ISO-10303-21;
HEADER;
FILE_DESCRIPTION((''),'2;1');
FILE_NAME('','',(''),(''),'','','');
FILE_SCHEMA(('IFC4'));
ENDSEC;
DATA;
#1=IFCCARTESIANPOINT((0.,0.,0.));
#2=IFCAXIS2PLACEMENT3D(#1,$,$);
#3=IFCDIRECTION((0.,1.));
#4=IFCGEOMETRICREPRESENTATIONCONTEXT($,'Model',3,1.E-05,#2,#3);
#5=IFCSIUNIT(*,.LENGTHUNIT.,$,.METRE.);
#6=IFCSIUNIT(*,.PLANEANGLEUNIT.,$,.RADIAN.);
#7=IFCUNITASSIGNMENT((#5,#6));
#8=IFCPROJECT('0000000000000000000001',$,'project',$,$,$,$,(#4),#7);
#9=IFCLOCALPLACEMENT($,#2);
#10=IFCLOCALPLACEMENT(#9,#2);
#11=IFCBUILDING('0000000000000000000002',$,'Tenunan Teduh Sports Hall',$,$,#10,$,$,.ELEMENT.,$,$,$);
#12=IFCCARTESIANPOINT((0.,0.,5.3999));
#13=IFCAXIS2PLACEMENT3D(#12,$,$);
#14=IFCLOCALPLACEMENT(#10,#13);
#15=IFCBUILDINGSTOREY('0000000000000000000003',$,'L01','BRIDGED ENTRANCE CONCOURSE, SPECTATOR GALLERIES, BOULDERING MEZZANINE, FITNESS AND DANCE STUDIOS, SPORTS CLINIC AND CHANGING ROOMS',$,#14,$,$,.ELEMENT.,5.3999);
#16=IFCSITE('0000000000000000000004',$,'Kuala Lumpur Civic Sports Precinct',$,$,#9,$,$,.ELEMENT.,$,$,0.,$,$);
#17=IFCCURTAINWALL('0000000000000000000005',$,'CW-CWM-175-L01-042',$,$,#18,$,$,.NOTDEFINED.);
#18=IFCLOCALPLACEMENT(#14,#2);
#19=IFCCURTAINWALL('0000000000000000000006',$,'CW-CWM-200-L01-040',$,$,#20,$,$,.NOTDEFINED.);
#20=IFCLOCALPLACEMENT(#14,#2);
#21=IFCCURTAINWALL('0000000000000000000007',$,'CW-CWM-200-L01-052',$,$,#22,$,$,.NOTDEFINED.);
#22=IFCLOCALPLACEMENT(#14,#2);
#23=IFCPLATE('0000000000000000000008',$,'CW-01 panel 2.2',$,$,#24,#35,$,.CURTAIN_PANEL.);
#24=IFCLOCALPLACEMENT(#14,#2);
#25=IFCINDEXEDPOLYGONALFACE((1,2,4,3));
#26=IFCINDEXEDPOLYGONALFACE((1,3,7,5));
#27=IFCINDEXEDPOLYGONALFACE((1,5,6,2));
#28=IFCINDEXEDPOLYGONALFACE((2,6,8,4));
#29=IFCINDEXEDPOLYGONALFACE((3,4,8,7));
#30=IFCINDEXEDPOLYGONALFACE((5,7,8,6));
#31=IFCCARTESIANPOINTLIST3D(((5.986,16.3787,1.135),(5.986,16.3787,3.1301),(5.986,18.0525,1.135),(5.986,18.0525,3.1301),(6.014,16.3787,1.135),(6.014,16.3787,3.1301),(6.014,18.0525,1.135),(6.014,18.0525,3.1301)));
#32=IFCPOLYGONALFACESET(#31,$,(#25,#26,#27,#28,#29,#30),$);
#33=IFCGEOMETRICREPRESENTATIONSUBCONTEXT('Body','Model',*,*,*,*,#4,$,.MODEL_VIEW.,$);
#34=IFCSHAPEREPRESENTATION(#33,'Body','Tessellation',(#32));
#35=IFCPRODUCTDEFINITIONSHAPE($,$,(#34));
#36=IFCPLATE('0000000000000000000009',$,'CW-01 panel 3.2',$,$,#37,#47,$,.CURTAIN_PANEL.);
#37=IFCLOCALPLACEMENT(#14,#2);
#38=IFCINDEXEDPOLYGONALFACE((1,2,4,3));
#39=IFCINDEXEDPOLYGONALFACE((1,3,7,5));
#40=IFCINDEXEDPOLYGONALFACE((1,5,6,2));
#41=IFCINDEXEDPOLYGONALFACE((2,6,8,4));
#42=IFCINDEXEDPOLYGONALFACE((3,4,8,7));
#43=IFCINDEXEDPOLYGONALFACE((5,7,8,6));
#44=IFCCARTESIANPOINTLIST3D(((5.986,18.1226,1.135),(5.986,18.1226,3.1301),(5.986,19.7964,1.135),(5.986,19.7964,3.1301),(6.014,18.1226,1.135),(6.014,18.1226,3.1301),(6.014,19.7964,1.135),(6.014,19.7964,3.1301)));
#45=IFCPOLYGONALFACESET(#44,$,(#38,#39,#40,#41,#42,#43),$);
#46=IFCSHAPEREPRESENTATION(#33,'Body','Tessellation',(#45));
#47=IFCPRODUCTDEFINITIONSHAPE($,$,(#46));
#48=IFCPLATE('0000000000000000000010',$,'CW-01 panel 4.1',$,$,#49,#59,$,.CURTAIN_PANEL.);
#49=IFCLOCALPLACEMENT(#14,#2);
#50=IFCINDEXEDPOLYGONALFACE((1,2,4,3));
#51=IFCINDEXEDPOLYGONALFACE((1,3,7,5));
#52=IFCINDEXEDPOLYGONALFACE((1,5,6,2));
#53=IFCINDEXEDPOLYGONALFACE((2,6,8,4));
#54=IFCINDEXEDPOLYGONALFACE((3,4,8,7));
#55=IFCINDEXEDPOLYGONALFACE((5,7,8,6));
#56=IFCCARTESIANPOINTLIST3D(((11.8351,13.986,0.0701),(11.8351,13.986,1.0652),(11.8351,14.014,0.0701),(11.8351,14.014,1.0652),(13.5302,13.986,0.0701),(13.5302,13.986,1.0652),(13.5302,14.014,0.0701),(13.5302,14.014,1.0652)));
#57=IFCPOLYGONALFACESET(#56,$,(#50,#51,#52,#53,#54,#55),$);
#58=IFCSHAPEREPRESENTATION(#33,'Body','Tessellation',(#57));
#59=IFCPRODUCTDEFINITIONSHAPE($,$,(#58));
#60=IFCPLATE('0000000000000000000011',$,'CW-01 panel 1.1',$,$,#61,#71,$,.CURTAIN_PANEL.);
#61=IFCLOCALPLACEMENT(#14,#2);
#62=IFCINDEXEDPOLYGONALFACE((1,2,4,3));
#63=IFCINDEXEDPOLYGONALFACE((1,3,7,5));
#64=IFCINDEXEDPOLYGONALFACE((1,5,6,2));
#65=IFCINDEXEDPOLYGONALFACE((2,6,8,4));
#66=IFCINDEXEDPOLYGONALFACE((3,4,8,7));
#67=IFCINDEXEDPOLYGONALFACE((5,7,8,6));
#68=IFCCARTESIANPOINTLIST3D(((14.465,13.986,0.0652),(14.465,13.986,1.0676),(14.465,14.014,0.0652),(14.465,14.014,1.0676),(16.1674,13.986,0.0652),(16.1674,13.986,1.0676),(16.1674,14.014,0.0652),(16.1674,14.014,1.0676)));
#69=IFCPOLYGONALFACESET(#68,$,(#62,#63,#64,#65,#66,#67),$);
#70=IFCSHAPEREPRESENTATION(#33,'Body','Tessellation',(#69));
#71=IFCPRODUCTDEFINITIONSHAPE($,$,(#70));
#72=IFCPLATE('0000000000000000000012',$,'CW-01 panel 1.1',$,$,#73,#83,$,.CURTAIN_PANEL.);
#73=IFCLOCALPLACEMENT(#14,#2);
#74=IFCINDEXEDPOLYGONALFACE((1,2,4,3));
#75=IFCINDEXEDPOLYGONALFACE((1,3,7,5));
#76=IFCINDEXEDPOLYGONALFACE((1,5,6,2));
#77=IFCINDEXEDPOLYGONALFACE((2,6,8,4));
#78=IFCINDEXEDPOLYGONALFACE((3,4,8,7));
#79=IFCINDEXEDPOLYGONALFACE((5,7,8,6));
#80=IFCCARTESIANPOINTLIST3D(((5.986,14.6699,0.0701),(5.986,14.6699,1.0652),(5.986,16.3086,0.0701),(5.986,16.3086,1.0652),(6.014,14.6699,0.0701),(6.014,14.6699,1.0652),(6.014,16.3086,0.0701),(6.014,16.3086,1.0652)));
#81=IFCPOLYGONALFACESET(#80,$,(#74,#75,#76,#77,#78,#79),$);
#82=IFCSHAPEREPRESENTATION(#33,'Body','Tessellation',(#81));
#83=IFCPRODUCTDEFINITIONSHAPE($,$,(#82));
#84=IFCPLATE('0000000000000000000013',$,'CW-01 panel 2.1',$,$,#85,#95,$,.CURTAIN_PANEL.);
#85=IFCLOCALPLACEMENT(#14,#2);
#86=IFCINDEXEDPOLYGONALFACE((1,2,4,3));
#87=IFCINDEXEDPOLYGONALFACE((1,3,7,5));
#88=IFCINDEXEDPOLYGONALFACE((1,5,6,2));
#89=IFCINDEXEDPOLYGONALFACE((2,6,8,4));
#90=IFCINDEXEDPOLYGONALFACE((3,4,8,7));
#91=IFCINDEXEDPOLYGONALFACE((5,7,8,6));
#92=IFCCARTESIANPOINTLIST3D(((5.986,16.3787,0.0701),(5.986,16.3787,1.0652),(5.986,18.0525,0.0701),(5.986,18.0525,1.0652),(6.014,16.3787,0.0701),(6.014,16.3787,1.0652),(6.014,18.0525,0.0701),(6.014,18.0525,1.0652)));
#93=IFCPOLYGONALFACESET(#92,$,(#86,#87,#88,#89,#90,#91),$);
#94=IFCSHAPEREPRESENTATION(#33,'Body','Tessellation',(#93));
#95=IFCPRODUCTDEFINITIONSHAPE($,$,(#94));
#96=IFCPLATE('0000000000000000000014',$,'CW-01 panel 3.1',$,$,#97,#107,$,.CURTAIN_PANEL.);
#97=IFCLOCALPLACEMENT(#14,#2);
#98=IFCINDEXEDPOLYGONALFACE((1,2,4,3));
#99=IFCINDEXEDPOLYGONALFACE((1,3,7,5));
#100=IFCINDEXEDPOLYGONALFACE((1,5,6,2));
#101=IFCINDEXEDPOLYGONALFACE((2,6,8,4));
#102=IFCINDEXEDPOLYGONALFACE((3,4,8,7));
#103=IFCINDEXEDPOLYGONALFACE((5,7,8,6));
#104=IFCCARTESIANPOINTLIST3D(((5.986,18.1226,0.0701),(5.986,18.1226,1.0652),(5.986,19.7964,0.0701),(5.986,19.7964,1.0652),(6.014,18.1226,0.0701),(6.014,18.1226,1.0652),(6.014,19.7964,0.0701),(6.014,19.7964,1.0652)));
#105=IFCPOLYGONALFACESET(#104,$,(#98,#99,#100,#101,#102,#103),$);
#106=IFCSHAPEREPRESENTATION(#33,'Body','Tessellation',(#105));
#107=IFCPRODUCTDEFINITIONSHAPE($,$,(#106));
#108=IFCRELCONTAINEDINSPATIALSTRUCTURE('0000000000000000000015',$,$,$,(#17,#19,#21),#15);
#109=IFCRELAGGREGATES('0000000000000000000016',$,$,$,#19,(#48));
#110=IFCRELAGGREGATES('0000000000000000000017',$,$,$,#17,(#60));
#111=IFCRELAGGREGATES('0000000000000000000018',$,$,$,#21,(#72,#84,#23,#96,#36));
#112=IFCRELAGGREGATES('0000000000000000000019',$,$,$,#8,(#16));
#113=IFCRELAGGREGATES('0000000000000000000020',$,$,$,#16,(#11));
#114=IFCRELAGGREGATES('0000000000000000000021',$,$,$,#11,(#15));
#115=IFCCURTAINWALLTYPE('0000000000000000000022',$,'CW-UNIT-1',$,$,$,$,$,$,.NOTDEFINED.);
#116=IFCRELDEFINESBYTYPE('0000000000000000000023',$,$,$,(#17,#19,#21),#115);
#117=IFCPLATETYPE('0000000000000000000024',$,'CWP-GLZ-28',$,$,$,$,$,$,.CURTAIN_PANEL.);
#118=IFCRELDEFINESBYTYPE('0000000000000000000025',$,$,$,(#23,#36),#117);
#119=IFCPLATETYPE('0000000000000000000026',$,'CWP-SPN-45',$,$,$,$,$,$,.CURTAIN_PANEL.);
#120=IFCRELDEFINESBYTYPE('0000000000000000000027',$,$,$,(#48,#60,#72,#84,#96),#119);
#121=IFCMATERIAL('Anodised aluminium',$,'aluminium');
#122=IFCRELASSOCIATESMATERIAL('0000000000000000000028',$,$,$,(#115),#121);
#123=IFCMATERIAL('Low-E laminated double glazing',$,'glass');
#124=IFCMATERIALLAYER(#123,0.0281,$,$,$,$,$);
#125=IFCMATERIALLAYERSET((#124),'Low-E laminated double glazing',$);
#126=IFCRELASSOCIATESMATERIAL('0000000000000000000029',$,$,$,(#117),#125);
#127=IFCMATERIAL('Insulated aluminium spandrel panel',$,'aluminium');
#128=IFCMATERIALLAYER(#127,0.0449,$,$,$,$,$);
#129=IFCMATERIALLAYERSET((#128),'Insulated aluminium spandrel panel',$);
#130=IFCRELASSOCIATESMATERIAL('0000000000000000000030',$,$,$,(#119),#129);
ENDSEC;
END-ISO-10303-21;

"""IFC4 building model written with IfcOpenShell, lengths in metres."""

from ifc_helpers import new_model, si_unit, direction, frame, origin, origin_2d, place, context, subcontext, project, spatial, rectangle, extrude, material, layer, layer_set, type_object, element, aggregate, save


model = new_model("IFC4")

# Units and contexts
model_context = context("Model", 3, precision=1e-05, world=origin(), true_north=direction((0.0, 1.0)))
body_context = subcontext(model_context, "Body", "Model", "MODEL_VIEW")
ifc_project = project(units=[si_unit("LENGTHUNIT", "METRE"), si_unit("PLANEANGLEUNIT", "RADIAN")], contexts=[model_context])

# Site, building, storey
site_placement = place(None, origin())
site = spatial("IfcSite", under=ifc_project, at=site_placement, Name="Kuala Lumpur Civic Sports Precinct", CompositionType="ELEMENT", RefElevation=0.0)
building_placement = place(site_placement, origin())
building = spatial("IfcBuilding", under=site, at=building_placement, Name="Tenunan Teduh Sports Hall", CompositionType="ELEMENT")
storey_placement = place(building_placement, frame((0.0, 0.0, 5.3999)))
storey = spatial("IfcBuildingStorey", under=building, at=storey_placement, Name="L01", Description="BRIDGED ENTRANCE CONCOURSE, SPECTATOR GALLERIES, BOULDERING MEZZANINE, FITNESS AND DANCE STUDIOS, SPORTS CLINIC AND CHANGING ROOMS", CompositionType="ELEMENT", Elevation=5.3999)

# Curtain walls
ifc_material_1 = material(Name="Anodised aluminium", Category="aluminium")
curtain_wall_type = type_object("IfcCurtainWallType", Name="CW-UNIT-1", PredefinedType="NOTDEFINED", material=ifc_material_1)
curtain_wall_1_placement = place(storey_placement, origin())
curtain_wall_1 = element("IfcCurtainWall", 1, at=curtain_wall_1_placement, inside=storey, type_object=curtain_wall_type, Name="CW-CWM-175-L01-042", PredefinedType="NOTDEFINED")
curtain_wall_2_placement = place(storey_placement, origin())
curtain_wall_2 = element("IfcCurtainWall", 2, at=curtain_wall_2_placement, inside=storey, type_object=curtain_wall_type, Name="CW-CWM-200-L01-040", PredefinedType="NOTDEFINED")

# Curtain wall
curtain_wall_3_placement = place(storey_placement, origin())
curtain_wall_3 = element("IfcCurtainWall", 3, at=curtain_wall_3_placement, inside=storey, type_object=curtain_wall_type, Name="CW-CWM-200-L01-052", PredefinedType="NOTDEFINED")

# Plates
ifc_material_2 = material(Name="Low-E laminated double glazing", Category="glass")
ifc_layer_1 = layer(ifc_material_2, 0.0281)
ifc_layer_set_1 = layer_set([ifc_layer_1], Name="Low-E laminated double glazing")
plate_type_1 = type_object("IfcPlateType", Name="CWP-GLZ-28", PredefinedType="CURTAIN_PANEL", material=ifc_layer_set_1)
plate_1_placement = place(storey_placement, frame((6.0, 17.2156, 1.135), z_axis=(0.0, 0.0, 1.0), x_axis=(0.0, 1.0, 0.0)))
plate_1 = element("IfcPlate", 4, at=plate_1_placement, type_object=plate_type_1, Name="CW-01 panel 2.2", PredefinedType="CURTAIN_PANEL", context=body_context, shape_type="SweptSolid", body=[
    extrude(rectangle(XDim=1.6738, YDim=0.0281, at=origin_2d()), origin(), (0.0, 0.0, 1.0), 1.9951),
])
plate_2_placement = place(storey_placement, frame((6.0, 18.9595, 1.135), z_axis=(0.0, 0.0, 1.0), x_axis=(0.0, 1.0, 0.0)))
plate_2 = element("IfcPlate", 5, at=plate_2_placement, type_object=plate_type_1, Name="CW-01 panel 3.2", PredefinedType="CURTAIN_PANEL", context=body_context, shape_type="SweptSolid", body=[
    extrude(rectangle(XDim=1.6738, YDim=0.0281, at=origin_2d()), origin(), (0.0, 0.0, 1.0), 1.9951),
])
ifc_material_3 = material(Name="Insulated aluminium spandrel panel", Category="aluminium")
ifc_layer_2 = layer(ifc_material_3, 0.0449)
ifc_layer_set_2 = layer_set([ifc_layer_2], Name="Insulated aluminium spandrel panel")
plate_type_2 = type_object("IfcPlateType", Name="CWP-SPN-45", PredefinedType="CURTAIN_PANEL", material=ifc_layer_set_2)
plate_3_placement = place(storey_placement, frame((12.6826, 14.0, 0.0701), z_axis=(0.0, 0.0, 1.0), x_axis=(1.0, 0.0, 0.0)))
plate_3 = element("IfcPlate", 6, at=plate_3_placement, type_object=plate_type_2, Name="CW-01 panel 4.1", PredefinedType="CURTAIN_PANEL", context=body_context, shape_type="SweptSolid", body=[
    extrude(rectangle(XDim=1.6951, YDim=0.0281, at=origin_2d()), origin(), (0.0, 0.0, 1.0), 0.9951),
])
aggregate(curtain_wall_2, [plate_3])
plate_4_placement = place(storey_placement, frame((15.3162, 14.0, 0.0652), z_axis=(0.0, 0.0, 1.0), x_axis=(1.0, 0.0, 0.0)))
plate_4 = element("IfcPlate", 7, at=plate_4_placement, type_object=plate_type_2, Name="CW-01 panel 1.1", PredefinedType="CURTAIN_PANEL", context=body_context, shape_type="SweptSolid", body=[
    extrude(rectangle(XDim=1.7024, YDim=0.0281, at=origin_2d()), origin(), (0.0, 0.0, 1.0), 1.0024),
])
aggregate(curtain_wall_1, [plate_4])
plate_5_placement = place(storey_placement, frame((6.0, 15.4893, 0.0701), z_axis=(0.0, 0.0, 1.0), x_axis=(0.0, 1.0, 0.0)))
plate_5 = element("IfcPlate", 8, at=plate_5_placement, type_object=plate_type_2, Name="CW-01 panel 1.1", PredefinedType="CURTAIN_PANEL", context=body_context, shape_type="SweptSolid", body=[
    extrude(rectangle(XDim=1.6387, YDim=0.0281, at=origin_2d()), origin(), (0.0, 0.0, 1.0), 0.9951),
])
plate_6_placement = place(storey_placement, frame((6.0, 17.2156, 0.0701), z_axis=(0.0, 0.0, 1.0), x_axis=(0.0, 1.0, 0.0)))
plate_6 = element("IfcPlate", 9, at=plate_6_placement, type_object=plate_type_2, Name="CW-01 panel 2.1", PredefinedType="CURTAIN_PANEL", context=body_context, shape_type="SweptSolid", body=[
    extrude(rectangle(XDim=1.6738, YDim=0.0281, at=origin_2d()), origin(), (0.0, 0.0, 1.0), 0.9951),
])
plate_7_placement = place(storey_placement, frame((6.0, 18.9595, 0.0701), z_axis=(0.0, 0.0, 1.0), x_axis=(0.0, 1.0, 0.0)))
plate_7 = element("IfcPlate", 10, at=plate_7_placement, type_object=plate_type_2, Name="CW-01 panel 3.1", PredefinedType="CURTAIN_PANEL", context=body_context, shape_type="SweptSolid", body=[
    extrude(rectangle(XDim=1.6738, YDim=0.0281, at=origin_2d()), origin(), (0.0, 0.0, 1.0), 0.9951),
])
aggregate(curtain_wall_3, [plate_5, plate_6, plate_1, plate_7, plate_2])

save(model, "model.ifc")
